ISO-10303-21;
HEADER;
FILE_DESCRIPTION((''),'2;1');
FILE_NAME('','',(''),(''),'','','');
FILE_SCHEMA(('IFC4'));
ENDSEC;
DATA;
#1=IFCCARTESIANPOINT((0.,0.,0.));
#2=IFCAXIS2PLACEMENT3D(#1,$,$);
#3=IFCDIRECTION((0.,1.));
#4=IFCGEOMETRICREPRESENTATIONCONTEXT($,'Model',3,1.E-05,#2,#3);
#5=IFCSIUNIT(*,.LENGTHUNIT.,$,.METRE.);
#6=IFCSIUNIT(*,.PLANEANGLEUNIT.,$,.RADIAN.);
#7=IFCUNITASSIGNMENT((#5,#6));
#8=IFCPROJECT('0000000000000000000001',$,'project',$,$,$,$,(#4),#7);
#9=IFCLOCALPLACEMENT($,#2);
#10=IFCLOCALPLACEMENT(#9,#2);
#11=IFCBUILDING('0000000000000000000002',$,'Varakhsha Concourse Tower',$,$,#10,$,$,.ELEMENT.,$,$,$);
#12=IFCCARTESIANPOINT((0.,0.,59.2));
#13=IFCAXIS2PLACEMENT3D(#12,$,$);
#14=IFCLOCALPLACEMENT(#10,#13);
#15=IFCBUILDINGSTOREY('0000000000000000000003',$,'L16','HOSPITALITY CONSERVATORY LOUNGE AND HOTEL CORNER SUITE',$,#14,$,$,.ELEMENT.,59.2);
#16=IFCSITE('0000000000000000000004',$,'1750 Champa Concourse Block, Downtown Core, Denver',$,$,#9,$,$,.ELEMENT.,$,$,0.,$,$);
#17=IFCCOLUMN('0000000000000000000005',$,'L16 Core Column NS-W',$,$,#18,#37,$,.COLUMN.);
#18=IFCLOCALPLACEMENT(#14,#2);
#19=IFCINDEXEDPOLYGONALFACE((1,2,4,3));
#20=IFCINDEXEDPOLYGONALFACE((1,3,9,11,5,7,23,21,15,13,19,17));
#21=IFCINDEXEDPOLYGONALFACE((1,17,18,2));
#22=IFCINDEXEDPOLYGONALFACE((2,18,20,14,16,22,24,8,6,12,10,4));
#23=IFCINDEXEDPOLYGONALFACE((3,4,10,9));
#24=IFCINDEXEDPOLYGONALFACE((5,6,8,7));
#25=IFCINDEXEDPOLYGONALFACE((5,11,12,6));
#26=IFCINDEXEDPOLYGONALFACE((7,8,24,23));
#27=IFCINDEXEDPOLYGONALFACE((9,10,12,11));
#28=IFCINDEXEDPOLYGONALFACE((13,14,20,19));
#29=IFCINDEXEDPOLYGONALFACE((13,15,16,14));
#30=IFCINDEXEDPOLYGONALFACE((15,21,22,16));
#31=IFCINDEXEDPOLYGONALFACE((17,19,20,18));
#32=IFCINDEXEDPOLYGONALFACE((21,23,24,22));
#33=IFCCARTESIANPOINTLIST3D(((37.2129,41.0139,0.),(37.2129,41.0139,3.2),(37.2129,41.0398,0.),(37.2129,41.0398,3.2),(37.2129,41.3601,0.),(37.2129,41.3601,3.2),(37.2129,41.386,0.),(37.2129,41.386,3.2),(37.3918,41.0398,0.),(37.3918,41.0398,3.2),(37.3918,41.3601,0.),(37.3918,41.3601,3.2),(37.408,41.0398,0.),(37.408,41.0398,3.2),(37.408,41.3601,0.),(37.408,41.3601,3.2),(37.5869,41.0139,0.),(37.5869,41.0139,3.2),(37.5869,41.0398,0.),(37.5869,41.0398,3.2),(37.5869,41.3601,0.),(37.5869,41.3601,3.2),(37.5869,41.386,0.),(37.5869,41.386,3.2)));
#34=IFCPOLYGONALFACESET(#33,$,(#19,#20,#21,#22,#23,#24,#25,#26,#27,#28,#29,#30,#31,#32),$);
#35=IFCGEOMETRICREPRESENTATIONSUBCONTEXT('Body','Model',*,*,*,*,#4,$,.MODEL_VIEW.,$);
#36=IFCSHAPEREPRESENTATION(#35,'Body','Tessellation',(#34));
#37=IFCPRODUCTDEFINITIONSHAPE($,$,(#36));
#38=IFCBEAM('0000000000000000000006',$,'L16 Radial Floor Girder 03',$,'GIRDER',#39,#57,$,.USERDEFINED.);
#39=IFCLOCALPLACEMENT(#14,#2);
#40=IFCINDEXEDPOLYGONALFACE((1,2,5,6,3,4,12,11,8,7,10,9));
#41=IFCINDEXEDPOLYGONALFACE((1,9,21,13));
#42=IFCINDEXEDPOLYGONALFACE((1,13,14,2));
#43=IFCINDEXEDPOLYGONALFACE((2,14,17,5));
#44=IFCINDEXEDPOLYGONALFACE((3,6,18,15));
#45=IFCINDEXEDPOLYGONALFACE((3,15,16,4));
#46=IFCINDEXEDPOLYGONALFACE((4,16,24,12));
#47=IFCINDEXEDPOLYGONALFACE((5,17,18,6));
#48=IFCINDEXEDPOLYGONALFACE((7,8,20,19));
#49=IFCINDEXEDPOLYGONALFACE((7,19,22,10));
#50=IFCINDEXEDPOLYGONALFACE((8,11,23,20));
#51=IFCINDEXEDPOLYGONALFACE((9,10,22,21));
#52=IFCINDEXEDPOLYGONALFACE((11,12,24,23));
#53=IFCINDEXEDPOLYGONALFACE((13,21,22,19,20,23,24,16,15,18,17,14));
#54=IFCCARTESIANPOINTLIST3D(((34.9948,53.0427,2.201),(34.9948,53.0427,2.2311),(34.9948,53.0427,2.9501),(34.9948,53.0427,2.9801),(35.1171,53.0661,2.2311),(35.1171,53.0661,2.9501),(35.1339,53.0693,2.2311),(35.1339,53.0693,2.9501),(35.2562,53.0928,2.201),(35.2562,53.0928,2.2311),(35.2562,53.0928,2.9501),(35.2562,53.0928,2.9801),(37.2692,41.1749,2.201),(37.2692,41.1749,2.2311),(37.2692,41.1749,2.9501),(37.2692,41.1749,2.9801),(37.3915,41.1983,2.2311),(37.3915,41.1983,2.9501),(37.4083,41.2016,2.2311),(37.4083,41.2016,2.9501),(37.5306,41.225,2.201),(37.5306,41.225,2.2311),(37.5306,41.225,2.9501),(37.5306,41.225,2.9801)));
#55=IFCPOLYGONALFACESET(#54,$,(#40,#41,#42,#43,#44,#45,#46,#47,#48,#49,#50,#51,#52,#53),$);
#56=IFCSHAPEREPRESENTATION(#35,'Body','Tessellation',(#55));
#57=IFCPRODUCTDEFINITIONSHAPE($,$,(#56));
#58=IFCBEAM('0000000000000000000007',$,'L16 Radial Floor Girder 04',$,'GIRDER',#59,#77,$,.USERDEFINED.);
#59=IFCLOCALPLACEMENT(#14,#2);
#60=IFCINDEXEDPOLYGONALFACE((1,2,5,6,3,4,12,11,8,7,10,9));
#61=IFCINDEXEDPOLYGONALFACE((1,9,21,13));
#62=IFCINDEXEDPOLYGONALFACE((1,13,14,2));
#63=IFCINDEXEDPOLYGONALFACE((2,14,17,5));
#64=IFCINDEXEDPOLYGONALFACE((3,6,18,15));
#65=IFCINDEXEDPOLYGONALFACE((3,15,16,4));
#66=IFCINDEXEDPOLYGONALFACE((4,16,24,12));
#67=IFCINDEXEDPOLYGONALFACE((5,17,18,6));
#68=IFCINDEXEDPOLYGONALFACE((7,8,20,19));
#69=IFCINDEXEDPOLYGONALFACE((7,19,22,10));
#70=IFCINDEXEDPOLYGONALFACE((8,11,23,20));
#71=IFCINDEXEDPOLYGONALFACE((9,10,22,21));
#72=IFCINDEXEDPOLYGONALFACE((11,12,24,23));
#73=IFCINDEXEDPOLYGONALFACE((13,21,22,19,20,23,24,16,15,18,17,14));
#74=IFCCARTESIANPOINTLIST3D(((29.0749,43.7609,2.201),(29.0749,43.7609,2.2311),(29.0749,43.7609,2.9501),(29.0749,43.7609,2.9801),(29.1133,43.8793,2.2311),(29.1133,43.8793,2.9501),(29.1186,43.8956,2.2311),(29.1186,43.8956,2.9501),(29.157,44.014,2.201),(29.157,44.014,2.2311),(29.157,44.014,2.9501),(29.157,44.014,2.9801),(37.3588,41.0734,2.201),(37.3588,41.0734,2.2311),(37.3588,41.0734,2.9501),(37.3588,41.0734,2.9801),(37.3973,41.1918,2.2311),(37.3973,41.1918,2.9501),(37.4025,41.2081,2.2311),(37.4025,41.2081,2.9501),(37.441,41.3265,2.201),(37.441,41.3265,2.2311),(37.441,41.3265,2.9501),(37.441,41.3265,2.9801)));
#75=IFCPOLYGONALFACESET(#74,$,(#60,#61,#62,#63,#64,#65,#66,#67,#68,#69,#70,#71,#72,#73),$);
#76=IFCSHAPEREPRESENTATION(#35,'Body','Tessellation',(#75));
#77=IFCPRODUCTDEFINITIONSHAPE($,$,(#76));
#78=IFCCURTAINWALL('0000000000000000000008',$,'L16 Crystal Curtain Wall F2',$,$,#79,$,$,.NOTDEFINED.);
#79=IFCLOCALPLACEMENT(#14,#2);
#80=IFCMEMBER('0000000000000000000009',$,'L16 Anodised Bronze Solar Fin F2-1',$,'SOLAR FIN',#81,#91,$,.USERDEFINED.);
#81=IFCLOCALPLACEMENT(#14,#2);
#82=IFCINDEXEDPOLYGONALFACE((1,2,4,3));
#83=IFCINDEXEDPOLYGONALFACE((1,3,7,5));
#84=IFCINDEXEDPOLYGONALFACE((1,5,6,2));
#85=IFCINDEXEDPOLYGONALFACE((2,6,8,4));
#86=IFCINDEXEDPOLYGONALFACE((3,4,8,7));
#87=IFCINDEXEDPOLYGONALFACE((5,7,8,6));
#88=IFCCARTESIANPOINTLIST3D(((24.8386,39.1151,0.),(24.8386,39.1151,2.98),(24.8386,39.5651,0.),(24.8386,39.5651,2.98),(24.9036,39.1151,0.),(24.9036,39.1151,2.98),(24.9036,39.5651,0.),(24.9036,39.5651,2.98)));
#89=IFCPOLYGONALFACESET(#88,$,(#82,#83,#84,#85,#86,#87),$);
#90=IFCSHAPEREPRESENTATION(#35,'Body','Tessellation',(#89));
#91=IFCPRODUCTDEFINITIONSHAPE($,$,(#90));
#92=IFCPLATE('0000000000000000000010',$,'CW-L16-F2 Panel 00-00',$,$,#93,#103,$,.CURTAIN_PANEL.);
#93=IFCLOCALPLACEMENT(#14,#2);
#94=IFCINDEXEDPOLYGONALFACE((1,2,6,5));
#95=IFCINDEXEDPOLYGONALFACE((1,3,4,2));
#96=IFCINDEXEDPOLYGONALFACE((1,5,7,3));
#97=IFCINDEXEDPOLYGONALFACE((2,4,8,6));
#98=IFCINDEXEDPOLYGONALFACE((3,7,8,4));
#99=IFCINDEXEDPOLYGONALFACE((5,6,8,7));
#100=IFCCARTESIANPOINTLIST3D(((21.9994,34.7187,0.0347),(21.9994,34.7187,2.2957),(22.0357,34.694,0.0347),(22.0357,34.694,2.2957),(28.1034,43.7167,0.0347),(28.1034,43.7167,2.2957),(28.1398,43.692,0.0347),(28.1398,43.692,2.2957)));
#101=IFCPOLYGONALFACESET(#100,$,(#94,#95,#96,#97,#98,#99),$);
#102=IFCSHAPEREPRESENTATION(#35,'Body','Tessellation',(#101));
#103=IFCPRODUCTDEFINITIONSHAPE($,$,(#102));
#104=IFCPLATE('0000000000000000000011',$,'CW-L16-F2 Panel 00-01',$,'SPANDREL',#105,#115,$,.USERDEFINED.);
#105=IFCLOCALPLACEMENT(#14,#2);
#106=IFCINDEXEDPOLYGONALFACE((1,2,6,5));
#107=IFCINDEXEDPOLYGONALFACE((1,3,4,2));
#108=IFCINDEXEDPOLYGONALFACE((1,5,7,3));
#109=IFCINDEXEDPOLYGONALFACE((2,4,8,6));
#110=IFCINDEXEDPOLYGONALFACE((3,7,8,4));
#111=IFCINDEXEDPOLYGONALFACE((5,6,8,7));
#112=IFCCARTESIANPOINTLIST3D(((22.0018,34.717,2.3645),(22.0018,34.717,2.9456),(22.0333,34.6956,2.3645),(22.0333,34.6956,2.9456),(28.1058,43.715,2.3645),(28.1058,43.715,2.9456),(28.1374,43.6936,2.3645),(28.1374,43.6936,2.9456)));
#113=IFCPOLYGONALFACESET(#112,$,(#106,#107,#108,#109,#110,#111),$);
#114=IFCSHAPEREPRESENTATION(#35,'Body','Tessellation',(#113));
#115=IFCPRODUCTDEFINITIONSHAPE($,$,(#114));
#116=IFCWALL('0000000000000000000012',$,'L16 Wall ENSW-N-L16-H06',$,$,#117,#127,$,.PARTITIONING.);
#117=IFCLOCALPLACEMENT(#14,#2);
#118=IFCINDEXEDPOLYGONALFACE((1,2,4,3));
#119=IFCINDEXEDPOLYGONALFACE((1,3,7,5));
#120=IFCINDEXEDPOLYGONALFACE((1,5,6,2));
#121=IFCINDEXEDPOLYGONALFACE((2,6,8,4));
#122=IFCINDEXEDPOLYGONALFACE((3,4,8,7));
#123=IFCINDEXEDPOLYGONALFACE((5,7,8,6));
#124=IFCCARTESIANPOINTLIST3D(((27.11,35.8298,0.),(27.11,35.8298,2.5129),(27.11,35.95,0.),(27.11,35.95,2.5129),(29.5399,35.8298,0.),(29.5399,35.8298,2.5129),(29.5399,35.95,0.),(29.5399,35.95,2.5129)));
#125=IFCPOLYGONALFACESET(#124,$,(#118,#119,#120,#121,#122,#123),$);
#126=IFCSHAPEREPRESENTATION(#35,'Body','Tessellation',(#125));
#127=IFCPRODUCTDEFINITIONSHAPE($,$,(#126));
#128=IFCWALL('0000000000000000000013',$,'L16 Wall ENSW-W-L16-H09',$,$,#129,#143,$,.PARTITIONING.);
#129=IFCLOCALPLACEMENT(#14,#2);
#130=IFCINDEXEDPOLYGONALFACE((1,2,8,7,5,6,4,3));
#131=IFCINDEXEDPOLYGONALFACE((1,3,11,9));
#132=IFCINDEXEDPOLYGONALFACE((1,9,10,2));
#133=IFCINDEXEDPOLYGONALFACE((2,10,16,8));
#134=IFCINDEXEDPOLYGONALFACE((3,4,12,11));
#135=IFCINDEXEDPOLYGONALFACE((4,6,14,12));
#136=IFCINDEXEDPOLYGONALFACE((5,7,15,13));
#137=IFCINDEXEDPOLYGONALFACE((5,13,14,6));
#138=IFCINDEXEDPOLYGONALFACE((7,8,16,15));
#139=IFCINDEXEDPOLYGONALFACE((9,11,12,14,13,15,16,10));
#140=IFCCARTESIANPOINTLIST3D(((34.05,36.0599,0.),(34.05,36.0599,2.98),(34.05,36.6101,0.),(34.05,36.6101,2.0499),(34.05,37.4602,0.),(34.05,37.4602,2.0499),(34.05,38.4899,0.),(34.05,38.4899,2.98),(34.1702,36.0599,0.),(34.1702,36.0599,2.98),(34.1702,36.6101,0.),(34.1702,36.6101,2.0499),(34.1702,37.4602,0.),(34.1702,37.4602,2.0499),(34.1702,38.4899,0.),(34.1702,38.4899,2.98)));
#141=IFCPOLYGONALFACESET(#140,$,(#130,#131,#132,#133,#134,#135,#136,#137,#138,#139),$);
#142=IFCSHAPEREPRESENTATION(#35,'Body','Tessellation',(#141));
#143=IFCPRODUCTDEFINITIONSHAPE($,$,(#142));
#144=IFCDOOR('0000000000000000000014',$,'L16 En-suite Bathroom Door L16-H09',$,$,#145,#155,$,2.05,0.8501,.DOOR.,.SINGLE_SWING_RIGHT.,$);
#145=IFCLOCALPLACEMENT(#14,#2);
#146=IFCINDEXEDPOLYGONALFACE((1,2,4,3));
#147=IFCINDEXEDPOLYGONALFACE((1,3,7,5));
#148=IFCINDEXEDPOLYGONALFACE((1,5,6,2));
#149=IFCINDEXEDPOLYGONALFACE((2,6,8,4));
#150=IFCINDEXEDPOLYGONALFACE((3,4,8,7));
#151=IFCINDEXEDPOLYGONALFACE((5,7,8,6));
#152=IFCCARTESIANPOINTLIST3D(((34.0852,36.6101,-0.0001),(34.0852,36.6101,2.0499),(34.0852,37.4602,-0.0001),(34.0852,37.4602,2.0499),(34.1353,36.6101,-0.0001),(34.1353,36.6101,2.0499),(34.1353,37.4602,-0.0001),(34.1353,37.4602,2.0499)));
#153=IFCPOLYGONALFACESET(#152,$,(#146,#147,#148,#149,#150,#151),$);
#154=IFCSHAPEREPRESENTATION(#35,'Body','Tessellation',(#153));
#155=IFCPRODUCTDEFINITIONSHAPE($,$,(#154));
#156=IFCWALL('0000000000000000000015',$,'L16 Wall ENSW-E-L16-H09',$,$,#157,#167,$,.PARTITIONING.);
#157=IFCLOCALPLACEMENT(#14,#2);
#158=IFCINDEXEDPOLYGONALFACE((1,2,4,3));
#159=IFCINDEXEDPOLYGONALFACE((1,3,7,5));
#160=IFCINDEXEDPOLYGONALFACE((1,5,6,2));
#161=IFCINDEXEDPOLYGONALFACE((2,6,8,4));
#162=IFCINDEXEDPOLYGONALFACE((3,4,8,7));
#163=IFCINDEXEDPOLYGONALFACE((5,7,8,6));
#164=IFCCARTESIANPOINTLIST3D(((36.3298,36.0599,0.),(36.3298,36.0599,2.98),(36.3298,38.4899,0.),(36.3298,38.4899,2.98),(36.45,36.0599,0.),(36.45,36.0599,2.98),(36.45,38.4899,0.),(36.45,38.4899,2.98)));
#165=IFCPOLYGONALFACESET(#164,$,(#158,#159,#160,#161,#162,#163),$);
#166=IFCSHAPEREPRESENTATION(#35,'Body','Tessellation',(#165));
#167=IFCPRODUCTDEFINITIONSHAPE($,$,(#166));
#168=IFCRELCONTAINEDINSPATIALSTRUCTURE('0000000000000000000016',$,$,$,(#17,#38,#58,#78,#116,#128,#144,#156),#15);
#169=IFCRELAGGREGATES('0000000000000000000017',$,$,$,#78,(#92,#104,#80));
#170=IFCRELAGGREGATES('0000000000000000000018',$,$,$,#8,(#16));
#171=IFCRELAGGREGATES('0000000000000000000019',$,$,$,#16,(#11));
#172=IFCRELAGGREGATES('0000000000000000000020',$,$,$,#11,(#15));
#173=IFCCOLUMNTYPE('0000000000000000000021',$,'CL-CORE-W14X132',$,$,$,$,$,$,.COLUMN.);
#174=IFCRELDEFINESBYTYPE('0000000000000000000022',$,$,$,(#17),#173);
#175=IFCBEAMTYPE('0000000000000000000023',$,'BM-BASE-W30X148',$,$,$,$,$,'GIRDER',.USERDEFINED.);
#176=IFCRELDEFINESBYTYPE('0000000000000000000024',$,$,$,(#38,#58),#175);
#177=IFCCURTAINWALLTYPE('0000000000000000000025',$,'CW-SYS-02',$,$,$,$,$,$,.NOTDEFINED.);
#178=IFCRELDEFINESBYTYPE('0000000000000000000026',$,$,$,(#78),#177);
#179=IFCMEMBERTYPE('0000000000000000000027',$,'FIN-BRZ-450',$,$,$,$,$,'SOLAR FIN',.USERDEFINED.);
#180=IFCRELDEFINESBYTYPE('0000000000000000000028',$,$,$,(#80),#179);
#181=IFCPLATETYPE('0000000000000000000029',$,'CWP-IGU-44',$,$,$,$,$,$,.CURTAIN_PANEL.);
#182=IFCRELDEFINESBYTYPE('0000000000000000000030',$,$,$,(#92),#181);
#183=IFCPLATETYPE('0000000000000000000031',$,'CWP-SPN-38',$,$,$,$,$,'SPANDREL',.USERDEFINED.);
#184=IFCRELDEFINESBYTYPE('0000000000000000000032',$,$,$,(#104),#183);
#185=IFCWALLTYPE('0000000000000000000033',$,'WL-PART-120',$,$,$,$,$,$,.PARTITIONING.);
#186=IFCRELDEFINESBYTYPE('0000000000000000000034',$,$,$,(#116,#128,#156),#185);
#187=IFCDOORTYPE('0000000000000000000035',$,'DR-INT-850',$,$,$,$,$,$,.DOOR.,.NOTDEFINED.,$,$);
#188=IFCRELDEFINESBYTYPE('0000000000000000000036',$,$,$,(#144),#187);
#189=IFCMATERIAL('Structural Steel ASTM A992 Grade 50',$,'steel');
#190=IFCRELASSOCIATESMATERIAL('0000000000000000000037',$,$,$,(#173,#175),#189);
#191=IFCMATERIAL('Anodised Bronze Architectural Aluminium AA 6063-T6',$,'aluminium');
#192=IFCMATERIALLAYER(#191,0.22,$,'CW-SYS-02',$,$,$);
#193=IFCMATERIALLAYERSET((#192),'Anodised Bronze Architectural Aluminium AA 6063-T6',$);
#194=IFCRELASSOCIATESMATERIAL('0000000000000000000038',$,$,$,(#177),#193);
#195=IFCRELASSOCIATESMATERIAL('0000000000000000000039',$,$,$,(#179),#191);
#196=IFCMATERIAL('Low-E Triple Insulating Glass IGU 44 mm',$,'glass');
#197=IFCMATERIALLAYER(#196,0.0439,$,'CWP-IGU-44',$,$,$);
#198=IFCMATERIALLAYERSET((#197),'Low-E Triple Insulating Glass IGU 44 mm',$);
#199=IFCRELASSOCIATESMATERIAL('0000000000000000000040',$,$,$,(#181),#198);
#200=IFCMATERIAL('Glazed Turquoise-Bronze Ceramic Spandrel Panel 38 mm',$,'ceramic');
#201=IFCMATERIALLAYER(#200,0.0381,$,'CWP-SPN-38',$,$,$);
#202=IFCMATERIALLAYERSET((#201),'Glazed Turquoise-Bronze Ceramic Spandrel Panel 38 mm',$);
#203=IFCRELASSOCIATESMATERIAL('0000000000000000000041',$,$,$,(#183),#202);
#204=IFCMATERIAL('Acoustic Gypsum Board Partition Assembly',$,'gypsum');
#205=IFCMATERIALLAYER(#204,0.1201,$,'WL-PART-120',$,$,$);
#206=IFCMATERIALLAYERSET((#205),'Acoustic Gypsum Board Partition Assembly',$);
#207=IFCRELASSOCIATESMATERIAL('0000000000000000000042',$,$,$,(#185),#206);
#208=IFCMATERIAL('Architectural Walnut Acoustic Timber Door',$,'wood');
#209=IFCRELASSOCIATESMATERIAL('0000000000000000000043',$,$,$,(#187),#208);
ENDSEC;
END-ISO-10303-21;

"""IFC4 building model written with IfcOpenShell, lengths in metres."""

from ifc_helpers import new_model, si_unit, direction, frame, frame_2d, origin, origin_2d, place, context, subcontext, project, spatial, rectangle, i_section, extrude, source, transform, mapped, material, layer, layer_set, material_profile, profile_set, type_object, type_shapes, element, fill, aggregate, save


model = new_model("IFC4")

# Units and contexts
model_context = context("Model", 3, precision=1e-05, world=origin(), true_north=direction((0.0, 1.0)))
body_context = subcontext(model_context, "Body", "Model", "MODEL_VIEW")
ifc_project = project(units=[si_unit("LENGTHUNIT", "METRE"), si_unit("PLANEANGLEUNIT", "RADIAN")], contexts=[model_context])

# Site, building, storey
site_placement = place(None, origin())
site = spatial("IfcSite", under=ifc_project, at=site_placement, Name="1750 Champa Concourse Block, Downtown Core, Denver", CompositionType="ELEMENT", RefElevation=0.0)
building_placement = place(site_placement, origin())
building = spatial("IfcBuilding", under=site, at=building_placement, Name="Varakhsha Concourse Tower", CompositionType="ELEMENT")
storey_placement = place(building_placement, frame((0.0, 0.0, 59.2)))
storey = spatial("IfcBuildingStorey", under=building, at=storey_placement, Name="L16", Description="HOSPITALITY CONSERVATORY LOUNGE AND HOTEL CORNER SUITE", CompositionType="ELEMENT", Elevation=59.2)

# Column
ifc_material_1 = material(Name="Structural Steel ASTM A992 Grade 50", Category="steel")
ifc_material_profile_1 = material_profile(ifc_material_1, i_section(OverallWidth=0.374, OverallDepth=0.3721, WebThickness=0.0161, FlangeThickness=0.0259, at=origin_2d()), Name="W14X132")
ifc_profile_set_1 = profile_set([ifc_material_profile_1], Name="Structural Steel ASTM A992 Grade 50")
column_type = type_object("IfcColumnType", Name="CL-CORE-W14X132", PredefinedType="COLUMN", material=ifc_profile_set_1)
column_placement = place(storey_placement, frame((37.3999, 41.2, 0.0), z_axis=(0.0, 0.0, 1.0), x_axis=(1.0, 0.0, 0.0)))
element("IfcColumn", 1, at=column_placement, inside=storey, type_object=column_type, Name="L16 Core Column NS-W", PredefinedType="COLUMN", context=body_context, shape_type="SweptSolid", body=[
    extrude(i_section(OverallWidth=0.374, OverallDepth=0.3721, WebThickness=0.0161, FlangeThickness=0.0259, at=origin_2d()), origin(), (0.0, 0.0, 1.0), 3.2),
])

# Beams
ifc_material_profile_2 = material_profile(ifc_material_1, i_section(OverallWidth=0.2661, OverallDepth=0.7791, WebThickness=0.0171, FlangeThickness=0.03, at=origin_2d()), Name="W30X148")
ifc_profile_set_2 = profile_set([ifc_material_profile_2], Name="Structural Steel ASTM A992 Grade 50")
beam_type = type_object("IfcBeamType", Name="BM-BASE-W30X148", ElementType="GIRDER", PredefinedType="USERDEFINED", material=ifc_profile_set_2)
beam_1_placement = place(storey_placement, frame((37.3999, 41.2, 2.5906), z_axis=(-0.188222, 0.982126, 0.0), x_axis=(-0.982126, -0.188222, 0.0)))
element("IfcBeam", 2, at=beam_1_placement, inside=storey, type_object=beam_type, Name="L16 Radial Floor Girder 03", ObjectType="GIRDER", PredefinedType="USERDEFINED", context=body_context, shape_type="SweptSolid", body=[
    extrude(i_section(OverallWidth=0.2661, OverallDepth=0.7791, WebThickness=0.0171, FlangeThickness=0.03, at=origin_2d()), origin(), (0.0, 0.0, 1.0), 12.0837),
])
beam_2_placement = place(storey_placement, frame((37.3999, 41.2, 2.5906), z_axis=(-0.951195, 0.30859, 0.0), x_axis=(-0.30859, -0.951195, 0.0)))
element("IfcBeam", 3, at=beam_2_placement, inside=storey, type_object=beam_type, Name="L16 Radial Floor Girder 04", ObjectType="GIRDER", PredefinedType="USERDEFINED", context=body_context, shape_type="SweptSolid", body=[
    extrude(i_section(OverallWidth=0.2661, OverallDepth=0.7791, WebThickness=0.0171, FlangeThickness=0.03, at=origin_2d()), origin(), (0.0, 0.0, 1.0), 8.709),
])

# Curtain wall, member, plates
ifc_material_2 = material(Name="Anodised Bronze Architectural Aluminium AA 6063-T6", Category="aluminium")
ifc_layer_1 = layer(ifc_material_2, 0.22, Name="CW-SYS-02")
ifc_layer_set_1 = layer_set([ifc_layer_1], Name="Anodised Bronze Architectural Aluminium AA 6063-T6")
curtain_wall_type = type_object("IfcCurtainWallType", Name="CW-SYS-02", PredefinedType="NOTDEFINED", material=ifc_layer_set_1)
curtain_wall_placement = place(storey_placement, origin())
curtain_wall = element("IfcCurtainWall", 4, at=curtain_wall_placement, inside=storey, type_object=curtain_wall_type, Name="L16 Crystal Curtain Wall F2", PredefinedType="NOTDEFINED")
ifc_material_profile_3 = material_profile(ifc_material_2, rectangle(XDim=0.0649, YDim=0.45, at=origin_2d()), Name="FIN-BRZ-450")
ifc_profile_set_3 = profile_set([ifc_material_profile_3], Name="Anodised Bronze Architectural Aluminium AA 6063-T6")
member_type = type_object("IfcMemberType", Name="FIN-BRZ-450", ElementType="SOLAR FIN", PredefinedType="USERDEFINED", material=ifc_profile_set_3)
shared_shape_1 = source(origin(), body_context, "Body", "SweptSolid", [
    extrude(rectangle(XDim=0.0649, YDim=0.45, at=origin_2d()), origin(), (0.0, 0.0, 1.0), 2.98),
])
type_shapes(member_type, [shared_shape_1])
member_placement = place(storey_placement, frame((24.8711, 39.3401, 0.0), z_axis=(0.0, 0.0, 1.0), x_axis=(1.0, 0.0, 0.0)))
member = element("IfcMember", 5, at=member_placement, type_object=member_type, Name="L16 Anodised Bronze Solar Fin F2-1", ObjectType="SOLAR FIN", PredefinedType="USERDEFINED", context=body_context, shape_type="MappedRepresentation", body=[
    mapped(shared_shape_1, transform((0.0, 0.0, 0.0), scale=1.0)),
])
ifc_material_3 = material(Name="Low-E Triple Insulating Glass IGU 44 mm", Category="glass")
ifc_layer_2 = layer(ifc_material_3, 0.0439, Name="CWP-IGU-44")
ifc_layer_set_2 = layer_set([ifc_layer_2], Name="Low-E Triple Insulating Glass IGU 44 mm")
plate_type_1 = type_object("IfcPlateType", Name="CWP-IGU-44", PredefinedType="CURTAIN_PANEL", material=ifc_layer_set_2)
shared_shape_2 = source(origin(), body_context, "Body", "SweptSolid", [
    extrude(rectangle(XDim=10.873, YDim=0.0439, at=origin_2d()), origin(), (0.0, 0.0, 1.0), 2.261),
])
type_shapes(plate_type_1, [shared_shape_2])
plate_1_placement = place(storey_placement, frame((25.0696, 39.2053, 0.0347), z_axis=(0.0, 0.0, 1.0), x_axis=(0.561392, 0.82755, 0.0)))
plate_1 = element("IfcPlate", 6, at=plate_1_placement, type_object=plate_type_1, Name="CW-L16-F2 Panel 00-00", PredefinedType="CURTAIN_PANEL", context=body_context, shape_type="MappedRepresentation", body=[
    mapped(shared_shape_2, transform((0.0, 0.0, 0.0), scale=1.0)),
])
ifc_material_4 = material(Name="Glazed Turquoise-Bronze Ceramic Spandrel Panel 38 mm", Category="ceramic")
ifc_layer_3 = layer(ifc_material_4, 0.0381, Name="CWP-SPN-38")
ifc_layer_set_3 = layer_set([ifc_layer_3], Name="Glazed Turquoise-Bronze Ceramic Spandrel Panel 38 mm")
plate_type_2 = type_object("IfcPlateType", Name="CWP-SPN-38", ElementType="SPANDREL", PredefinedType="USERDEFINED", material=ifc_layer_set_3)
shared_shape_3 = source(origin(), body_context, "Body", "SweptSolid", [
    extrude(rectangle(XDim=10.873, YDim=0.0381, at=origin_2d()), origin(), (0.0, 0.0, 1.0), 0.5811),
])
type_shapes(plate_type_2, [shared_shape_3])
plate_2_placement = place(storey_placement, frame((25.0696, 39.2053, 2.3645), z_axis=(0.0, 0.0, 1.0), x_axis=(0.561392, 0.82755, 0.0)))
plate_2 = element("IfcPlate", 7, at=plate_2_placement, type_object=plate_type_2, Name="CW-L16-F2 Panel 00-01", ObjectType="SPANDREL", PredefinedType="USERDEFINED", context=body_context, shape_type="MappedRepresentation", body=[
    mapped(shared_shape_3, transform((0.0, 0.0, 0.0), scale=1.0)),
])
aggregate(curtain_wall, [plate_1, plate_2, member])

# Wall
ifc_material_5 = material(Name="Acoustic Gypsum Board Partition Assembly", Category="gypsum")
ifc_layer_4 = layer(ifc_material_5, 0.1201, Name="WL-PART-120")
ifc_layer_set_4 = layer_set([ifc_layer_4], Name="Acoustic Gypsum Board Partition Assembly")
wall_type_1 = type_object("IfcWallType", Name="WL-PART-120", PredefinedType="PARTITIONING", material=ifc_layer_set_4)
wall_1_placement = place(storey_placement, frame((27.1101, 35.8899, 0.0), z_axis=(0.0, 0.0, 1.0), x_axis=(1.0, 0.0, 0.0)))
element("IfcWall", 8, at=wall_1_placement, inside=storey, type_object=wall_type_1, Name="L16 Wall ENSW-N-L16-H06", PredefinedType="PARTITIONING", context=body_context, shape_type="SweptSolid", body=[
    extrude(rectangle(XDim=2.4299, YDim=0.1201, at=frame_2d((1.2148, 0.0))), origin(), (0.0, 0.0, 1.0), 2.5129),
])

# Wall, opening, door
wall_2_placement = place(storey_placement, frame((34.1101, 36.0601, 0.0), z_axis=(0.0, 0.0, 1.0), x_axis=(0.0, 1.0, 0.0)))
wall_2 = element("IfcWall", 9, at=wall_2_placement, inside=storey, type_object=wall_type_1, Name="L16 Wall ENSW-W-L16-H09", PredefinedType="PARTITIONING", context=body_context, shape_type="SweptSolid", body=[
    extrude(rectangle(XDim=2.4299, YDim=0.1201, at=frame_2d((1.2148, 0.0))), origin(), (0.0, 0.0, 1.0), 2.98),
])
opening_1_placement = place(wall_2_placement, frame((0.55, 0.0, 0.0)))
opening_1 = element("IfcOpeningElement", 10, at=opening_1_placement, cuts=wall_2, PredefinedType="OPENING", context=body_context, shape_type="SweptSolid", body=[
    extrude(rectangle(XDim=0.8501, YDim=2.05, at=frame_2d((0.425, 1.0249))), frame((0.0, 0.0701, 0.0), z_axis=(0.0, -1.0, 0.0), x_axis=(1.0, 0.0, 0.0)), (0.0, 0.0, 1.0), 0.1401),
])
ifc_material_6 = material(Name="Architectural Walnut Acoustic Timber Door", Category="wood")
door_type_1 = type_object("IfcDoorType", Name="DR-INT-850", OperationType="NOTDEFINED", PredefinedType="DOOR", material=ifc_material_6)
door_1_placement = place(opening_1_placement, origin())
door_1 = element("IfcDoor", 11, at=door_1_placement, inside=storey, type_object=door_type_1, Name="L16 En-suite Bathroom Door L16-H09", OperationType="SINGLE_SWING_RIGHT", OverallHeight=2.05, OverallWidth=0.8501, PredefinedType="DOOR", context=body_context, shape_type="SweptSolid", body=[
    extrude(rectangle(XDim=0.8501, YDim=2.05, at=frame_2d((0.425, 1.0249))), frame((0.0, 0.0249, 0.0), z_axis=(0.0, -1.0, 0.0), x_axis=(1.0, 0.0, 0.0)), (0.0, 0.0, 1.0), 0.05),
])
fill(opening_1, door_1)

# Wall
wall_3_placement = place(storey_placement, frame((36.3899, 36.0601, 0.0), z_axis=(0.0, 0.0, 1.0), x_axis=(0.0, 1.0, 0.0)))
element("IfcWall", 12, at=wall_3_placement, inside=storey, type_object=wall_type_1, Name="L16 Wall ENSW-E-L16-H09", PredefinedType="PARTITIONING", context=body_context, shape_type="SweptSolid", body=[
    extrude(rectangle(XDim=2.4299, YDim=0.1201, at=frame_2d((1.2148, 0.0))), origin(), (0.0, 0.0, 1.0), 2.98),
])

save(model, "model.ifc")
